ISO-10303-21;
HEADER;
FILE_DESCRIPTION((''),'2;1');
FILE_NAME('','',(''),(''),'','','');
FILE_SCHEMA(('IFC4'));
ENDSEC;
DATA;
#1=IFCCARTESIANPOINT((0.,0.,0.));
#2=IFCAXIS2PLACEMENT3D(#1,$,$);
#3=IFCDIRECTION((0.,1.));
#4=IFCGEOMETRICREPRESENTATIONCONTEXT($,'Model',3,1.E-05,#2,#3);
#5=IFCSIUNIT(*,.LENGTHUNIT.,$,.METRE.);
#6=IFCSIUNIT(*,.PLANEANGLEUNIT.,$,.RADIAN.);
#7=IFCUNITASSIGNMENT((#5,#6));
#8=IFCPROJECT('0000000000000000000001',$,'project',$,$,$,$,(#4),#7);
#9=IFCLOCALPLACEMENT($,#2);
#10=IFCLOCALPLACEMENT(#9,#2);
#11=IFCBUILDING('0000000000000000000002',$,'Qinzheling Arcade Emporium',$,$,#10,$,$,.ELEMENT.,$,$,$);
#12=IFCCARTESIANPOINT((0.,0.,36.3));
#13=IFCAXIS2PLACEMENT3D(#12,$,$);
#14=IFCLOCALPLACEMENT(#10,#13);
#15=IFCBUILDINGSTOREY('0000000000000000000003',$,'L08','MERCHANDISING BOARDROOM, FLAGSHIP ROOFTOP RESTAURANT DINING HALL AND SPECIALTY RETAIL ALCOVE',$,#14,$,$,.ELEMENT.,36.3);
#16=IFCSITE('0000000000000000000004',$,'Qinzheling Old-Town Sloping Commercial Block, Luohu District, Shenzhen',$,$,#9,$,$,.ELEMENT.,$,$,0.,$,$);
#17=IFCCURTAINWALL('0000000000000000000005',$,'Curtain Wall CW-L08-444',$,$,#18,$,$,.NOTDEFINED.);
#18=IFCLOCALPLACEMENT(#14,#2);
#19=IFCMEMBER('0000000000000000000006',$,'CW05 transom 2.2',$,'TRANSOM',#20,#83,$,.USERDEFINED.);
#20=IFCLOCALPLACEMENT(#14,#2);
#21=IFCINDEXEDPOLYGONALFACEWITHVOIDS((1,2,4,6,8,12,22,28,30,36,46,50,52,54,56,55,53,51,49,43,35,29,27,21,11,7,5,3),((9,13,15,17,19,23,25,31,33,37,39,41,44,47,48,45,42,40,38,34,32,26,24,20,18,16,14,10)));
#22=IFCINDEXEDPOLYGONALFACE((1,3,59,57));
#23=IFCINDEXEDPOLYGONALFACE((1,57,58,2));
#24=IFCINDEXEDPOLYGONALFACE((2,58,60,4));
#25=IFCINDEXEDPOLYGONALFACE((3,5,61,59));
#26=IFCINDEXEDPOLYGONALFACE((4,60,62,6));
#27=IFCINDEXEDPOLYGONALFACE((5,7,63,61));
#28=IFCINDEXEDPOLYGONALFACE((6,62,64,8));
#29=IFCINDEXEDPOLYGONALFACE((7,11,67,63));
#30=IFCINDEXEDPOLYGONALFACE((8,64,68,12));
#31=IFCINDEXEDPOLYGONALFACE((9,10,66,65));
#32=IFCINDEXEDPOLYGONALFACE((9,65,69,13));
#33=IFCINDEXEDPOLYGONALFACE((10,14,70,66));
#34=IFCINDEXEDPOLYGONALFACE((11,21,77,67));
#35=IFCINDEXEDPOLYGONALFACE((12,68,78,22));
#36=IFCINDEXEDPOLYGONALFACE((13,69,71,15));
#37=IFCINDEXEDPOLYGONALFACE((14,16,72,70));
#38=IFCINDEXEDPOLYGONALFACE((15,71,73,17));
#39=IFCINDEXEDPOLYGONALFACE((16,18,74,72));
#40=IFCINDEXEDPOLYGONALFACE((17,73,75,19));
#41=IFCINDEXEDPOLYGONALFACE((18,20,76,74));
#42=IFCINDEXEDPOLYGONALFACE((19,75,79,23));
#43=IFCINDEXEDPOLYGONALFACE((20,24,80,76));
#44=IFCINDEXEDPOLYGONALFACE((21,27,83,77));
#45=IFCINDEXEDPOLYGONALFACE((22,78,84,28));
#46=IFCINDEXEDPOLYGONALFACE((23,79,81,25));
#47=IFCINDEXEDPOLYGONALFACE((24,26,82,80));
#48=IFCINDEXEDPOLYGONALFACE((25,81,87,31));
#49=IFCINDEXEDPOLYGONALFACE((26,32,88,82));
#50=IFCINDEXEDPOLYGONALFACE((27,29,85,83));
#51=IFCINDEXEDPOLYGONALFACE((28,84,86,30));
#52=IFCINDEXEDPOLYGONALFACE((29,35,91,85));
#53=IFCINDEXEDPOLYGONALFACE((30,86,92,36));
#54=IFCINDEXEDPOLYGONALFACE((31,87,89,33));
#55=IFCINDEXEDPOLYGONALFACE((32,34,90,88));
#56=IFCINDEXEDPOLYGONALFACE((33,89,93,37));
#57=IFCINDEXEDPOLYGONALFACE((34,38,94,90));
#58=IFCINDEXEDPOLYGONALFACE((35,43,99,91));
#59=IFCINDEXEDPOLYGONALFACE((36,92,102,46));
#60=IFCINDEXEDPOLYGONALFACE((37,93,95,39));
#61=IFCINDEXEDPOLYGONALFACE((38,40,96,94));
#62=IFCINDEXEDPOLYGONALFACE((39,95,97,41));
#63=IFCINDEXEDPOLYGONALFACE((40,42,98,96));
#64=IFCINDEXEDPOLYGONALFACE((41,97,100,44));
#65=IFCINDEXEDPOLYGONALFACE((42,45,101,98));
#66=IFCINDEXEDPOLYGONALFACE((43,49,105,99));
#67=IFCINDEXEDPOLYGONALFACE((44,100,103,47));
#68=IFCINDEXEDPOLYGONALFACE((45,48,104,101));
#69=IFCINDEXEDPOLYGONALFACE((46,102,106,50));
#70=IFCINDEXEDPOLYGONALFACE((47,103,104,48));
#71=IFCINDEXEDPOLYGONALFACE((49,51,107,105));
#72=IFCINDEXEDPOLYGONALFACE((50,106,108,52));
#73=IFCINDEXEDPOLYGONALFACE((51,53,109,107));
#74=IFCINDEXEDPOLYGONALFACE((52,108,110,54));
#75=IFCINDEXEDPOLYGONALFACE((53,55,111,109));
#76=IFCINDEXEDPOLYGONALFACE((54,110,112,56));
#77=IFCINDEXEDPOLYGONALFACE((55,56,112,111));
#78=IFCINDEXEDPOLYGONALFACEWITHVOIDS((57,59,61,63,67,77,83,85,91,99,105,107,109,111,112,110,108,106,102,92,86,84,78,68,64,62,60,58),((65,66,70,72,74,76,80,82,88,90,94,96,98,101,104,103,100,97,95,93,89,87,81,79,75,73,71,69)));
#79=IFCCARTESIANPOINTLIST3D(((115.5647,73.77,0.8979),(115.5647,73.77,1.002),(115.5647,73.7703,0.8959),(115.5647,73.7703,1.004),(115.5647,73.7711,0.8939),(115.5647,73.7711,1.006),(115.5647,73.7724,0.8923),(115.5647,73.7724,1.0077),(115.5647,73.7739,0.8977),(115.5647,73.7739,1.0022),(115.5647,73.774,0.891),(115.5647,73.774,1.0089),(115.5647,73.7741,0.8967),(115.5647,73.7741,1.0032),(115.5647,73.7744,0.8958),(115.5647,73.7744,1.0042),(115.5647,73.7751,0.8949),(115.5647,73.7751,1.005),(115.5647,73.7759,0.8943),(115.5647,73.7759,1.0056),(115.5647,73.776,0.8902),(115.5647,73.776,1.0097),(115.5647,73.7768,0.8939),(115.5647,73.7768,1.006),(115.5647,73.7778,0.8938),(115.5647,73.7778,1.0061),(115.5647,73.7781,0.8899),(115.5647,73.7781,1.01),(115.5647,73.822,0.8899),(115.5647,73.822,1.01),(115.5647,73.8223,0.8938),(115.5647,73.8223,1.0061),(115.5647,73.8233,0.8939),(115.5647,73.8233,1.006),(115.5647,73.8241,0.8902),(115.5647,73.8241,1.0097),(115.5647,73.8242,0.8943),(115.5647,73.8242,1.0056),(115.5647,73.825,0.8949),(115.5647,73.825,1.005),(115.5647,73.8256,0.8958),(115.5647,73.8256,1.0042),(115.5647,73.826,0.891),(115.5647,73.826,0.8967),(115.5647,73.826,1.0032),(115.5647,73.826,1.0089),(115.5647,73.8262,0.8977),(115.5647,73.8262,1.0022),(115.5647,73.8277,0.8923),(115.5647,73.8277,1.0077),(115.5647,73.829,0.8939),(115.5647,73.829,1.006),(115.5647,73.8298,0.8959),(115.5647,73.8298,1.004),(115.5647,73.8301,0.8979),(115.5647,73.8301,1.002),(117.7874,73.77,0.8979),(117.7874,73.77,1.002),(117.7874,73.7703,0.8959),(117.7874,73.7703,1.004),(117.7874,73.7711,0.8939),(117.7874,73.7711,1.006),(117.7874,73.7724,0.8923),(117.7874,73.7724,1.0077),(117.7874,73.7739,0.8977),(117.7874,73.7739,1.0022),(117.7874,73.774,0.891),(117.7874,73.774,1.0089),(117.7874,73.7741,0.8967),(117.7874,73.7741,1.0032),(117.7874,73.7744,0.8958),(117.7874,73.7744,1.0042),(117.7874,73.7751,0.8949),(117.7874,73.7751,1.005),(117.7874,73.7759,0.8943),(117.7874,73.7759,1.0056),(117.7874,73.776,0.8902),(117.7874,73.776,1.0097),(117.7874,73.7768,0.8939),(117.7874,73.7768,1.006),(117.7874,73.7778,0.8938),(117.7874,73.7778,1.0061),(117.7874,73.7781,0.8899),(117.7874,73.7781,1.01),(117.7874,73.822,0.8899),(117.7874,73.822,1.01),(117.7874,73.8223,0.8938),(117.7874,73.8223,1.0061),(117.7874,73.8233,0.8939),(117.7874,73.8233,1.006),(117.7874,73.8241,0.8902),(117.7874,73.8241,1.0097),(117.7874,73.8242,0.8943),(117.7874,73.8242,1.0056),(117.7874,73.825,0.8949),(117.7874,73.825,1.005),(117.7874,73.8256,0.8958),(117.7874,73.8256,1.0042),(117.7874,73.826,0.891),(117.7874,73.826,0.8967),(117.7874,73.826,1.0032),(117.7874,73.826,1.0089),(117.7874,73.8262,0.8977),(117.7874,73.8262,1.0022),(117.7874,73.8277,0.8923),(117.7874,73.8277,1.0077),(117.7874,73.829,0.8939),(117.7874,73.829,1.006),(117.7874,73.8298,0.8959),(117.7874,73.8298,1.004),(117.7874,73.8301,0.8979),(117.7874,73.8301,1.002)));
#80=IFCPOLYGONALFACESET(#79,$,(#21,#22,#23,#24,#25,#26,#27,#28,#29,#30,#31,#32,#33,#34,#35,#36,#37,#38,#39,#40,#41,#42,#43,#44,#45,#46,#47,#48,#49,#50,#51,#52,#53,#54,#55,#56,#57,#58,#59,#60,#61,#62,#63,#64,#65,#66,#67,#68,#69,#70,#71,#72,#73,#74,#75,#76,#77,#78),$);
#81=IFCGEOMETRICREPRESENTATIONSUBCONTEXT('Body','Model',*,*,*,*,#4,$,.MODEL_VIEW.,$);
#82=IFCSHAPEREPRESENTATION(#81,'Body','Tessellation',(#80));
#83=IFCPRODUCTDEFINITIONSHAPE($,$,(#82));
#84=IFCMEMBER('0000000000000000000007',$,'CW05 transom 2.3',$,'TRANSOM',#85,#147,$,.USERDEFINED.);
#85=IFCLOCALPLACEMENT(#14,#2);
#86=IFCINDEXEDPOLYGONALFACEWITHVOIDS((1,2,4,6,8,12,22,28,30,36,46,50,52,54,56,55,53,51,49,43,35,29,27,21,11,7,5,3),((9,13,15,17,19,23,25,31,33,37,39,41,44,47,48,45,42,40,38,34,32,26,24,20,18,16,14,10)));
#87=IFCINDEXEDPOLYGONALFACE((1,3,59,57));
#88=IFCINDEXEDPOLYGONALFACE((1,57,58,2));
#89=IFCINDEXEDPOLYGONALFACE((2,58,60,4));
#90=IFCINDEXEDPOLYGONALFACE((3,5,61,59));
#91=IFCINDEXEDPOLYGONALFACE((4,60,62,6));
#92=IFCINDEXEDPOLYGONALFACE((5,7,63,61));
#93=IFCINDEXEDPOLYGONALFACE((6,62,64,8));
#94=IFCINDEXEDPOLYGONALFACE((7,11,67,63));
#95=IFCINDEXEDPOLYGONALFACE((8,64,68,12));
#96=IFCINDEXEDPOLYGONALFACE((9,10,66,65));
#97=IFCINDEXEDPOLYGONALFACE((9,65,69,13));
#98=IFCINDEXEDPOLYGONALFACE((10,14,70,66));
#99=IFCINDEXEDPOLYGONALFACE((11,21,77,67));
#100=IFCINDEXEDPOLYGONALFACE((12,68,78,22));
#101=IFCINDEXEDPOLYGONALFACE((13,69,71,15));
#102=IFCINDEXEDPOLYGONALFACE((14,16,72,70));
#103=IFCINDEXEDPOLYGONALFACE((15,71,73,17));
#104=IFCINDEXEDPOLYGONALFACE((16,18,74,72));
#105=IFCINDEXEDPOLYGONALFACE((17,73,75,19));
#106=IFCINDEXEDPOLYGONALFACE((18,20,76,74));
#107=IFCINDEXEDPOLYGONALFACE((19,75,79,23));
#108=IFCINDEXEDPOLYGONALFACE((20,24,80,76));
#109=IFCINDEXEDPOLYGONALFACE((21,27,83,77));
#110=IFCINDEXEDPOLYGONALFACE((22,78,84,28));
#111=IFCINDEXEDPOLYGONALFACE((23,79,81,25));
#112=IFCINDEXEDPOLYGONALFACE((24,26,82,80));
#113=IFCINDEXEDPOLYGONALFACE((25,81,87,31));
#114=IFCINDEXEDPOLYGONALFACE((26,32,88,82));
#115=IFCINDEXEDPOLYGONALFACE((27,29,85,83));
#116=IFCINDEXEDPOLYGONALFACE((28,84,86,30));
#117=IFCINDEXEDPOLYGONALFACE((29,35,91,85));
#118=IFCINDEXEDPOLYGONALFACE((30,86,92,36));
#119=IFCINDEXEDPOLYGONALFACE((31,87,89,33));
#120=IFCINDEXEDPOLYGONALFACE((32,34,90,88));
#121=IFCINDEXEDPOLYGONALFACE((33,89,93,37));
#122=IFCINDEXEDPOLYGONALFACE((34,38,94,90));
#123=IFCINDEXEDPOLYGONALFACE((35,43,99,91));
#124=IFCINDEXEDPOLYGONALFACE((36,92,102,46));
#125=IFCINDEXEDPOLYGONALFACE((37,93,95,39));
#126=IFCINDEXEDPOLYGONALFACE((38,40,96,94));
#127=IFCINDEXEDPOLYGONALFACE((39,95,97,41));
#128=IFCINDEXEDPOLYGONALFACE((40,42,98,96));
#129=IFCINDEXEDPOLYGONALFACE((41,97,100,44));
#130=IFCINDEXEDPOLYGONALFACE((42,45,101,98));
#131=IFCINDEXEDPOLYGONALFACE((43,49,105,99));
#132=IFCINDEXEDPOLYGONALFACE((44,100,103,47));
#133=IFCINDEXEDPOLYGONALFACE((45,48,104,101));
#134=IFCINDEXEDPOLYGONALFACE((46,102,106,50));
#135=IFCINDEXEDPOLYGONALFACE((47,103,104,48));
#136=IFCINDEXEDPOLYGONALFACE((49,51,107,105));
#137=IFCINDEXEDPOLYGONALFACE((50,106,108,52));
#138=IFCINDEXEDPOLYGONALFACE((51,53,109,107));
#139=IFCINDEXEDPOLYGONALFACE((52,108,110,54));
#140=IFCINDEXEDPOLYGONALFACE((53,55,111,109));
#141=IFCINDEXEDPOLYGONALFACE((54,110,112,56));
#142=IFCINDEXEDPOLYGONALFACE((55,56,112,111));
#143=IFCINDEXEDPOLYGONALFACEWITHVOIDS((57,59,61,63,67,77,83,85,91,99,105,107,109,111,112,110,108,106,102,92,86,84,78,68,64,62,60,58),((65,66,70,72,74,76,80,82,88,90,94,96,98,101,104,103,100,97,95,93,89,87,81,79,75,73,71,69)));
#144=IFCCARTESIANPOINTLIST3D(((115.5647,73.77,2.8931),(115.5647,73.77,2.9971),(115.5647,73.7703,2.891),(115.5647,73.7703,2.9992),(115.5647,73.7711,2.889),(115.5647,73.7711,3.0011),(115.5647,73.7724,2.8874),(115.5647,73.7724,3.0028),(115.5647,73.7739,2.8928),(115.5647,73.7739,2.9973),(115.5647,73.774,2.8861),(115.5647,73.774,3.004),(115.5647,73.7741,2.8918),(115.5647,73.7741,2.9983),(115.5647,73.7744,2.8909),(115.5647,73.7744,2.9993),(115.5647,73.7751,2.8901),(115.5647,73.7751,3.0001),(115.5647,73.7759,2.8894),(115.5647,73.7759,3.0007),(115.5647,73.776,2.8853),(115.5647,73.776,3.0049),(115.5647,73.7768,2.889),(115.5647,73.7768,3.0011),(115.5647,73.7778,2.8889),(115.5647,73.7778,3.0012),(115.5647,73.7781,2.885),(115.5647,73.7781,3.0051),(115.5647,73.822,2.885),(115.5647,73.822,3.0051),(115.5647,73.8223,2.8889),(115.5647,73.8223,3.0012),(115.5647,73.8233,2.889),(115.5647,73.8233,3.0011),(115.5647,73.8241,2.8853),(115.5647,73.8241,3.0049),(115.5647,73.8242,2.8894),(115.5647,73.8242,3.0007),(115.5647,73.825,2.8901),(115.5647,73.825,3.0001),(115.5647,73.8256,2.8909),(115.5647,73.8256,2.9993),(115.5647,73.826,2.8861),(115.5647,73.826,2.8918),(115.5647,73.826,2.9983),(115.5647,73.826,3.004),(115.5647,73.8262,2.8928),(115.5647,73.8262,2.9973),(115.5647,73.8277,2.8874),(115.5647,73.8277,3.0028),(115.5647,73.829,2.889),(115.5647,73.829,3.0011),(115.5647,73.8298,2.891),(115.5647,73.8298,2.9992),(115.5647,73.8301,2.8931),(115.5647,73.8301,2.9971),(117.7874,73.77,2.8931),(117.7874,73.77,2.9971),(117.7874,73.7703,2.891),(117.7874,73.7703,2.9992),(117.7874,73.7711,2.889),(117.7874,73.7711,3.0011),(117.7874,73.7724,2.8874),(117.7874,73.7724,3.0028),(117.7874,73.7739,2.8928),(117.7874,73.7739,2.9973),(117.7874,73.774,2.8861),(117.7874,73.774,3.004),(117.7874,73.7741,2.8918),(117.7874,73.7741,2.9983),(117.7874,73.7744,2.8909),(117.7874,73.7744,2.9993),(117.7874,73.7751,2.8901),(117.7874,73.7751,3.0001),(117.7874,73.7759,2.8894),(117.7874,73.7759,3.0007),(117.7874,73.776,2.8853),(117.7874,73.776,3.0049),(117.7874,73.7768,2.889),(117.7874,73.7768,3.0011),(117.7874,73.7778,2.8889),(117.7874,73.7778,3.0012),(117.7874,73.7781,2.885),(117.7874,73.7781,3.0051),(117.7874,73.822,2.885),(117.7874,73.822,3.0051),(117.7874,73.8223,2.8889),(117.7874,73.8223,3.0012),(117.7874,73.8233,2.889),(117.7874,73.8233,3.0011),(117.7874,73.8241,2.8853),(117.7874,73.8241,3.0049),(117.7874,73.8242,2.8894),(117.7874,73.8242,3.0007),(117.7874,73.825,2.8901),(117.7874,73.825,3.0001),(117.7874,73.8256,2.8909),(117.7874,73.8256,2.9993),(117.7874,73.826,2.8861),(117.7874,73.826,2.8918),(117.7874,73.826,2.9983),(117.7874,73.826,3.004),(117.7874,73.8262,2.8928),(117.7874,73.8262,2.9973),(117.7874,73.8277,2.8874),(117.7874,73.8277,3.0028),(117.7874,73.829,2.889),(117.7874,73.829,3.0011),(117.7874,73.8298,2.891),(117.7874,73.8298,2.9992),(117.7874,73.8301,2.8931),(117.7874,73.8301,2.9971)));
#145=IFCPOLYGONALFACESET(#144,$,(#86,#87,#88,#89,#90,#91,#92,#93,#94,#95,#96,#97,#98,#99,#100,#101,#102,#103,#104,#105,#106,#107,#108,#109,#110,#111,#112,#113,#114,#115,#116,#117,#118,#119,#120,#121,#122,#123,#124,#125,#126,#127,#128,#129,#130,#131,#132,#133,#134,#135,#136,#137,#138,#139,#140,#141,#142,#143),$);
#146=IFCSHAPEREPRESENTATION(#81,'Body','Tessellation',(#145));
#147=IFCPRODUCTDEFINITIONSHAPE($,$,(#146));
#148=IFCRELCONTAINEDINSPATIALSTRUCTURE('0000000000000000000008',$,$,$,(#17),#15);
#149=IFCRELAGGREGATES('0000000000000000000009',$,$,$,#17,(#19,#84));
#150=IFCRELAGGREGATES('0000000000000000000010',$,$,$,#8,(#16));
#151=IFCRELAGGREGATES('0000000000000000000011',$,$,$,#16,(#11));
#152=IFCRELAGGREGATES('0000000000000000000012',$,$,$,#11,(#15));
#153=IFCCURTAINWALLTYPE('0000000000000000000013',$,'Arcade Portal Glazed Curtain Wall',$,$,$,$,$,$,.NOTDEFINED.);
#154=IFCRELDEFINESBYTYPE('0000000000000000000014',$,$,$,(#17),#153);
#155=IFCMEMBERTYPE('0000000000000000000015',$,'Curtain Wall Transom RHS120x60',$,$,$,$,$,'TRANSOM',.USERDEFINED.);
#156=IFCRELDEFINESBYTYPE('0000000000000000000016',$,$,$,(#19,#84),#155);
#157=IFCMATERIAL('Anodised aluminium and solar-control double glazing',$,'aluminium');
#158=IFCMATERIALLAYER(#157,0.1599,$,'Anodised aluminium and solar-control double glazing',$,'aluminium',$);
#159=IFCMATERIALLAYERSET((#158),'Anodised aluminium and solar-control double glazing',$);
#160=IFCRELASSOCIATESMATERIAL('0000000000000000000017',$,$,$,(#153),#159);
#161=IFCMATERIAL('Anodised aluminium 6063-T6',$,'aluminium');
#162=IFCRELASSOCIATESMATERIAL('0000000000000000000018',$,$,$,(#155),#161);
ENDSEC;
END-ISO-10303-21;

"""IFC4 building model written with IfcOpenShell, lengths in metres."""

from ifc_helpers import new_model, si_unit, direction, frame, origin, origin_2d, place, context, subcontext, project, spatial, hollow_rectangle, extrude, material, layer, layer_set, material_profile, profile_set, type_object, element, aggregate, save


model = new_model("IFC4")

# Units and contexts
model_context = context("Model", 3, precision=1e-05, world=origin(), true_north=direction((0.0, 1.0)))
body_context = subcontext(model_context, "Body", "Model", "MODEL_VIEW")
ifc_project = project(units=[si_unit("LENGTHUNIT", "METRE"), si_unit("PLANEANGLEUNIT", "RADIAN")], contexts=[model_context])

# Site, building, storey
site_placement = place(None, origin())
site = spatial("IfcSite", under=ifc_project, at=site_placement, Name="Qinzheling Old-Town Sloping Commercial Block, Luohu District, Shenzhen", CompositionType="ELEMENT", RefElevation=0.0)
building_placement = place(site_placement, origin())
building = spatial("IfcBuilding", under=site, at=building_placement, Name="Qinzheling Arcade Emporium", CompositionType="ELEMENT")
storey_placement = place(building_placement, frame((0.0, 0.0, 36.3)))
storey = spatial("IfcBuildingStorey", under=building, at=storey_placement, Name="L08", Description="MERCHANDISING BOARDROOM, FLAGSHIP ROOFTOP RESTAURANT DINING HALL AND SPECIALTY RETAIL ALCOVE", CompositionType="ELEMENT", Elevation=36.3)

# Curtain wall, members
ifc_material_1 = material(Name="Anodised aluminium and solar-control double glazing", Category="aluminium")
ifc_layer_1 = layer(ifc_material_1, 0.1599, Name="Anodised aluminium and solar-control double glazing", Category="aluminium")
ifc_layer_set_1 = layer_set([ifc_layer_1], Name="Anodised aluminium and solar-control double glazing")
curtain_wall_type = type_object("IfcCurtainWallType", Name="Arcade Portal Glazed Curtain Wall", PredefinedType="NOTDEFINED", material=ifc_layer_set_1)
curtain_wall_placement = place(storey_placement, origin())
curtain_wall = element("IfcCurtainWall", 1, at=curtain_wall_placement, inside=storey, type_object=curtain_wall_type, Name="Curtain Wall CW-L08-444", PredefinedType="NOTDEFINED")
ifc_material_2 = material(Name="Anodised aluminium 6063-T6", Category="aluminium")
ifc_material_profile_1 = material_profile(ifc_material_2, hollow_rectangle(XDim=0.0601, YDim=0.1201, WallThickness=0.0039, InnerFilletRadius=0.0039, OuterFilletRadius=0.0081, at=origin_2d()), Name="RHS 120x60x4", Category="aluminium")
ifc_profile_set_1 = profile_set([ifc_material_profile_1], Name="Anodised aluminium 6063-T6")
member_type_1 = type_object("IfcMemberType", Name="Curtain Wall Transom RHS120x60", ElementType="TRANSOM", PredefinedType="USERDEFINED", material=ifc_profile_set_1)
member_1_placement = place(storey_placement, frame((117.7874, 73.8, 0.95), z_axis=(-1.0, 0.0, 0.0), x_axis=(0.0, -1.0, 0.0)))
member_1 = element("IfcMember", 2, at=member_1_placement, type_object=member_type_1, Name="CW05 transom 2.2", ObjectType="TRANSOM", PredefinedType="USERDEFINED", context=body_context, shape_type="SweptSolid", body=[
    extrude(hollow_rectangle(XDim=0.0601, YDim=0.1201, WallThickness=0.0039, InnerFilletRadius=0.0039, OuterFilletRadius=0.0081, at=origin_2d()), origin(), (0.0, 0.0, 1.0), 2.2227),
])
member_2_placement = place(storey_placement, frame((117.7874, 73.8, 2.9451), z_axis=(-1.0, 0.0, 0.0), x_axis=(0.0, -1.0, 0.0)))
member_2 = element("IfcMember", 3, at=member_2_placement, type_object=member_type_1, Name="CW05 transom 2.3", ObjectType="TRANSOM", PredefinedType="USERDEFINED", context=body_context, shape_type="SweptSolid", body=[
    extrude(hollow_rectangle(XDim=0.0601, YDim=0.1201, WallThickness=0.0039, InnerFilletRadius=0.0039, OuterFilletRadius=0.0081, at=origin_2d()), origin(), (0.0, 0.0, 1.0), 2.2227),
])
aggregate(curtain_wall, [member_1, member_2])

save(model, "model.ifc")
